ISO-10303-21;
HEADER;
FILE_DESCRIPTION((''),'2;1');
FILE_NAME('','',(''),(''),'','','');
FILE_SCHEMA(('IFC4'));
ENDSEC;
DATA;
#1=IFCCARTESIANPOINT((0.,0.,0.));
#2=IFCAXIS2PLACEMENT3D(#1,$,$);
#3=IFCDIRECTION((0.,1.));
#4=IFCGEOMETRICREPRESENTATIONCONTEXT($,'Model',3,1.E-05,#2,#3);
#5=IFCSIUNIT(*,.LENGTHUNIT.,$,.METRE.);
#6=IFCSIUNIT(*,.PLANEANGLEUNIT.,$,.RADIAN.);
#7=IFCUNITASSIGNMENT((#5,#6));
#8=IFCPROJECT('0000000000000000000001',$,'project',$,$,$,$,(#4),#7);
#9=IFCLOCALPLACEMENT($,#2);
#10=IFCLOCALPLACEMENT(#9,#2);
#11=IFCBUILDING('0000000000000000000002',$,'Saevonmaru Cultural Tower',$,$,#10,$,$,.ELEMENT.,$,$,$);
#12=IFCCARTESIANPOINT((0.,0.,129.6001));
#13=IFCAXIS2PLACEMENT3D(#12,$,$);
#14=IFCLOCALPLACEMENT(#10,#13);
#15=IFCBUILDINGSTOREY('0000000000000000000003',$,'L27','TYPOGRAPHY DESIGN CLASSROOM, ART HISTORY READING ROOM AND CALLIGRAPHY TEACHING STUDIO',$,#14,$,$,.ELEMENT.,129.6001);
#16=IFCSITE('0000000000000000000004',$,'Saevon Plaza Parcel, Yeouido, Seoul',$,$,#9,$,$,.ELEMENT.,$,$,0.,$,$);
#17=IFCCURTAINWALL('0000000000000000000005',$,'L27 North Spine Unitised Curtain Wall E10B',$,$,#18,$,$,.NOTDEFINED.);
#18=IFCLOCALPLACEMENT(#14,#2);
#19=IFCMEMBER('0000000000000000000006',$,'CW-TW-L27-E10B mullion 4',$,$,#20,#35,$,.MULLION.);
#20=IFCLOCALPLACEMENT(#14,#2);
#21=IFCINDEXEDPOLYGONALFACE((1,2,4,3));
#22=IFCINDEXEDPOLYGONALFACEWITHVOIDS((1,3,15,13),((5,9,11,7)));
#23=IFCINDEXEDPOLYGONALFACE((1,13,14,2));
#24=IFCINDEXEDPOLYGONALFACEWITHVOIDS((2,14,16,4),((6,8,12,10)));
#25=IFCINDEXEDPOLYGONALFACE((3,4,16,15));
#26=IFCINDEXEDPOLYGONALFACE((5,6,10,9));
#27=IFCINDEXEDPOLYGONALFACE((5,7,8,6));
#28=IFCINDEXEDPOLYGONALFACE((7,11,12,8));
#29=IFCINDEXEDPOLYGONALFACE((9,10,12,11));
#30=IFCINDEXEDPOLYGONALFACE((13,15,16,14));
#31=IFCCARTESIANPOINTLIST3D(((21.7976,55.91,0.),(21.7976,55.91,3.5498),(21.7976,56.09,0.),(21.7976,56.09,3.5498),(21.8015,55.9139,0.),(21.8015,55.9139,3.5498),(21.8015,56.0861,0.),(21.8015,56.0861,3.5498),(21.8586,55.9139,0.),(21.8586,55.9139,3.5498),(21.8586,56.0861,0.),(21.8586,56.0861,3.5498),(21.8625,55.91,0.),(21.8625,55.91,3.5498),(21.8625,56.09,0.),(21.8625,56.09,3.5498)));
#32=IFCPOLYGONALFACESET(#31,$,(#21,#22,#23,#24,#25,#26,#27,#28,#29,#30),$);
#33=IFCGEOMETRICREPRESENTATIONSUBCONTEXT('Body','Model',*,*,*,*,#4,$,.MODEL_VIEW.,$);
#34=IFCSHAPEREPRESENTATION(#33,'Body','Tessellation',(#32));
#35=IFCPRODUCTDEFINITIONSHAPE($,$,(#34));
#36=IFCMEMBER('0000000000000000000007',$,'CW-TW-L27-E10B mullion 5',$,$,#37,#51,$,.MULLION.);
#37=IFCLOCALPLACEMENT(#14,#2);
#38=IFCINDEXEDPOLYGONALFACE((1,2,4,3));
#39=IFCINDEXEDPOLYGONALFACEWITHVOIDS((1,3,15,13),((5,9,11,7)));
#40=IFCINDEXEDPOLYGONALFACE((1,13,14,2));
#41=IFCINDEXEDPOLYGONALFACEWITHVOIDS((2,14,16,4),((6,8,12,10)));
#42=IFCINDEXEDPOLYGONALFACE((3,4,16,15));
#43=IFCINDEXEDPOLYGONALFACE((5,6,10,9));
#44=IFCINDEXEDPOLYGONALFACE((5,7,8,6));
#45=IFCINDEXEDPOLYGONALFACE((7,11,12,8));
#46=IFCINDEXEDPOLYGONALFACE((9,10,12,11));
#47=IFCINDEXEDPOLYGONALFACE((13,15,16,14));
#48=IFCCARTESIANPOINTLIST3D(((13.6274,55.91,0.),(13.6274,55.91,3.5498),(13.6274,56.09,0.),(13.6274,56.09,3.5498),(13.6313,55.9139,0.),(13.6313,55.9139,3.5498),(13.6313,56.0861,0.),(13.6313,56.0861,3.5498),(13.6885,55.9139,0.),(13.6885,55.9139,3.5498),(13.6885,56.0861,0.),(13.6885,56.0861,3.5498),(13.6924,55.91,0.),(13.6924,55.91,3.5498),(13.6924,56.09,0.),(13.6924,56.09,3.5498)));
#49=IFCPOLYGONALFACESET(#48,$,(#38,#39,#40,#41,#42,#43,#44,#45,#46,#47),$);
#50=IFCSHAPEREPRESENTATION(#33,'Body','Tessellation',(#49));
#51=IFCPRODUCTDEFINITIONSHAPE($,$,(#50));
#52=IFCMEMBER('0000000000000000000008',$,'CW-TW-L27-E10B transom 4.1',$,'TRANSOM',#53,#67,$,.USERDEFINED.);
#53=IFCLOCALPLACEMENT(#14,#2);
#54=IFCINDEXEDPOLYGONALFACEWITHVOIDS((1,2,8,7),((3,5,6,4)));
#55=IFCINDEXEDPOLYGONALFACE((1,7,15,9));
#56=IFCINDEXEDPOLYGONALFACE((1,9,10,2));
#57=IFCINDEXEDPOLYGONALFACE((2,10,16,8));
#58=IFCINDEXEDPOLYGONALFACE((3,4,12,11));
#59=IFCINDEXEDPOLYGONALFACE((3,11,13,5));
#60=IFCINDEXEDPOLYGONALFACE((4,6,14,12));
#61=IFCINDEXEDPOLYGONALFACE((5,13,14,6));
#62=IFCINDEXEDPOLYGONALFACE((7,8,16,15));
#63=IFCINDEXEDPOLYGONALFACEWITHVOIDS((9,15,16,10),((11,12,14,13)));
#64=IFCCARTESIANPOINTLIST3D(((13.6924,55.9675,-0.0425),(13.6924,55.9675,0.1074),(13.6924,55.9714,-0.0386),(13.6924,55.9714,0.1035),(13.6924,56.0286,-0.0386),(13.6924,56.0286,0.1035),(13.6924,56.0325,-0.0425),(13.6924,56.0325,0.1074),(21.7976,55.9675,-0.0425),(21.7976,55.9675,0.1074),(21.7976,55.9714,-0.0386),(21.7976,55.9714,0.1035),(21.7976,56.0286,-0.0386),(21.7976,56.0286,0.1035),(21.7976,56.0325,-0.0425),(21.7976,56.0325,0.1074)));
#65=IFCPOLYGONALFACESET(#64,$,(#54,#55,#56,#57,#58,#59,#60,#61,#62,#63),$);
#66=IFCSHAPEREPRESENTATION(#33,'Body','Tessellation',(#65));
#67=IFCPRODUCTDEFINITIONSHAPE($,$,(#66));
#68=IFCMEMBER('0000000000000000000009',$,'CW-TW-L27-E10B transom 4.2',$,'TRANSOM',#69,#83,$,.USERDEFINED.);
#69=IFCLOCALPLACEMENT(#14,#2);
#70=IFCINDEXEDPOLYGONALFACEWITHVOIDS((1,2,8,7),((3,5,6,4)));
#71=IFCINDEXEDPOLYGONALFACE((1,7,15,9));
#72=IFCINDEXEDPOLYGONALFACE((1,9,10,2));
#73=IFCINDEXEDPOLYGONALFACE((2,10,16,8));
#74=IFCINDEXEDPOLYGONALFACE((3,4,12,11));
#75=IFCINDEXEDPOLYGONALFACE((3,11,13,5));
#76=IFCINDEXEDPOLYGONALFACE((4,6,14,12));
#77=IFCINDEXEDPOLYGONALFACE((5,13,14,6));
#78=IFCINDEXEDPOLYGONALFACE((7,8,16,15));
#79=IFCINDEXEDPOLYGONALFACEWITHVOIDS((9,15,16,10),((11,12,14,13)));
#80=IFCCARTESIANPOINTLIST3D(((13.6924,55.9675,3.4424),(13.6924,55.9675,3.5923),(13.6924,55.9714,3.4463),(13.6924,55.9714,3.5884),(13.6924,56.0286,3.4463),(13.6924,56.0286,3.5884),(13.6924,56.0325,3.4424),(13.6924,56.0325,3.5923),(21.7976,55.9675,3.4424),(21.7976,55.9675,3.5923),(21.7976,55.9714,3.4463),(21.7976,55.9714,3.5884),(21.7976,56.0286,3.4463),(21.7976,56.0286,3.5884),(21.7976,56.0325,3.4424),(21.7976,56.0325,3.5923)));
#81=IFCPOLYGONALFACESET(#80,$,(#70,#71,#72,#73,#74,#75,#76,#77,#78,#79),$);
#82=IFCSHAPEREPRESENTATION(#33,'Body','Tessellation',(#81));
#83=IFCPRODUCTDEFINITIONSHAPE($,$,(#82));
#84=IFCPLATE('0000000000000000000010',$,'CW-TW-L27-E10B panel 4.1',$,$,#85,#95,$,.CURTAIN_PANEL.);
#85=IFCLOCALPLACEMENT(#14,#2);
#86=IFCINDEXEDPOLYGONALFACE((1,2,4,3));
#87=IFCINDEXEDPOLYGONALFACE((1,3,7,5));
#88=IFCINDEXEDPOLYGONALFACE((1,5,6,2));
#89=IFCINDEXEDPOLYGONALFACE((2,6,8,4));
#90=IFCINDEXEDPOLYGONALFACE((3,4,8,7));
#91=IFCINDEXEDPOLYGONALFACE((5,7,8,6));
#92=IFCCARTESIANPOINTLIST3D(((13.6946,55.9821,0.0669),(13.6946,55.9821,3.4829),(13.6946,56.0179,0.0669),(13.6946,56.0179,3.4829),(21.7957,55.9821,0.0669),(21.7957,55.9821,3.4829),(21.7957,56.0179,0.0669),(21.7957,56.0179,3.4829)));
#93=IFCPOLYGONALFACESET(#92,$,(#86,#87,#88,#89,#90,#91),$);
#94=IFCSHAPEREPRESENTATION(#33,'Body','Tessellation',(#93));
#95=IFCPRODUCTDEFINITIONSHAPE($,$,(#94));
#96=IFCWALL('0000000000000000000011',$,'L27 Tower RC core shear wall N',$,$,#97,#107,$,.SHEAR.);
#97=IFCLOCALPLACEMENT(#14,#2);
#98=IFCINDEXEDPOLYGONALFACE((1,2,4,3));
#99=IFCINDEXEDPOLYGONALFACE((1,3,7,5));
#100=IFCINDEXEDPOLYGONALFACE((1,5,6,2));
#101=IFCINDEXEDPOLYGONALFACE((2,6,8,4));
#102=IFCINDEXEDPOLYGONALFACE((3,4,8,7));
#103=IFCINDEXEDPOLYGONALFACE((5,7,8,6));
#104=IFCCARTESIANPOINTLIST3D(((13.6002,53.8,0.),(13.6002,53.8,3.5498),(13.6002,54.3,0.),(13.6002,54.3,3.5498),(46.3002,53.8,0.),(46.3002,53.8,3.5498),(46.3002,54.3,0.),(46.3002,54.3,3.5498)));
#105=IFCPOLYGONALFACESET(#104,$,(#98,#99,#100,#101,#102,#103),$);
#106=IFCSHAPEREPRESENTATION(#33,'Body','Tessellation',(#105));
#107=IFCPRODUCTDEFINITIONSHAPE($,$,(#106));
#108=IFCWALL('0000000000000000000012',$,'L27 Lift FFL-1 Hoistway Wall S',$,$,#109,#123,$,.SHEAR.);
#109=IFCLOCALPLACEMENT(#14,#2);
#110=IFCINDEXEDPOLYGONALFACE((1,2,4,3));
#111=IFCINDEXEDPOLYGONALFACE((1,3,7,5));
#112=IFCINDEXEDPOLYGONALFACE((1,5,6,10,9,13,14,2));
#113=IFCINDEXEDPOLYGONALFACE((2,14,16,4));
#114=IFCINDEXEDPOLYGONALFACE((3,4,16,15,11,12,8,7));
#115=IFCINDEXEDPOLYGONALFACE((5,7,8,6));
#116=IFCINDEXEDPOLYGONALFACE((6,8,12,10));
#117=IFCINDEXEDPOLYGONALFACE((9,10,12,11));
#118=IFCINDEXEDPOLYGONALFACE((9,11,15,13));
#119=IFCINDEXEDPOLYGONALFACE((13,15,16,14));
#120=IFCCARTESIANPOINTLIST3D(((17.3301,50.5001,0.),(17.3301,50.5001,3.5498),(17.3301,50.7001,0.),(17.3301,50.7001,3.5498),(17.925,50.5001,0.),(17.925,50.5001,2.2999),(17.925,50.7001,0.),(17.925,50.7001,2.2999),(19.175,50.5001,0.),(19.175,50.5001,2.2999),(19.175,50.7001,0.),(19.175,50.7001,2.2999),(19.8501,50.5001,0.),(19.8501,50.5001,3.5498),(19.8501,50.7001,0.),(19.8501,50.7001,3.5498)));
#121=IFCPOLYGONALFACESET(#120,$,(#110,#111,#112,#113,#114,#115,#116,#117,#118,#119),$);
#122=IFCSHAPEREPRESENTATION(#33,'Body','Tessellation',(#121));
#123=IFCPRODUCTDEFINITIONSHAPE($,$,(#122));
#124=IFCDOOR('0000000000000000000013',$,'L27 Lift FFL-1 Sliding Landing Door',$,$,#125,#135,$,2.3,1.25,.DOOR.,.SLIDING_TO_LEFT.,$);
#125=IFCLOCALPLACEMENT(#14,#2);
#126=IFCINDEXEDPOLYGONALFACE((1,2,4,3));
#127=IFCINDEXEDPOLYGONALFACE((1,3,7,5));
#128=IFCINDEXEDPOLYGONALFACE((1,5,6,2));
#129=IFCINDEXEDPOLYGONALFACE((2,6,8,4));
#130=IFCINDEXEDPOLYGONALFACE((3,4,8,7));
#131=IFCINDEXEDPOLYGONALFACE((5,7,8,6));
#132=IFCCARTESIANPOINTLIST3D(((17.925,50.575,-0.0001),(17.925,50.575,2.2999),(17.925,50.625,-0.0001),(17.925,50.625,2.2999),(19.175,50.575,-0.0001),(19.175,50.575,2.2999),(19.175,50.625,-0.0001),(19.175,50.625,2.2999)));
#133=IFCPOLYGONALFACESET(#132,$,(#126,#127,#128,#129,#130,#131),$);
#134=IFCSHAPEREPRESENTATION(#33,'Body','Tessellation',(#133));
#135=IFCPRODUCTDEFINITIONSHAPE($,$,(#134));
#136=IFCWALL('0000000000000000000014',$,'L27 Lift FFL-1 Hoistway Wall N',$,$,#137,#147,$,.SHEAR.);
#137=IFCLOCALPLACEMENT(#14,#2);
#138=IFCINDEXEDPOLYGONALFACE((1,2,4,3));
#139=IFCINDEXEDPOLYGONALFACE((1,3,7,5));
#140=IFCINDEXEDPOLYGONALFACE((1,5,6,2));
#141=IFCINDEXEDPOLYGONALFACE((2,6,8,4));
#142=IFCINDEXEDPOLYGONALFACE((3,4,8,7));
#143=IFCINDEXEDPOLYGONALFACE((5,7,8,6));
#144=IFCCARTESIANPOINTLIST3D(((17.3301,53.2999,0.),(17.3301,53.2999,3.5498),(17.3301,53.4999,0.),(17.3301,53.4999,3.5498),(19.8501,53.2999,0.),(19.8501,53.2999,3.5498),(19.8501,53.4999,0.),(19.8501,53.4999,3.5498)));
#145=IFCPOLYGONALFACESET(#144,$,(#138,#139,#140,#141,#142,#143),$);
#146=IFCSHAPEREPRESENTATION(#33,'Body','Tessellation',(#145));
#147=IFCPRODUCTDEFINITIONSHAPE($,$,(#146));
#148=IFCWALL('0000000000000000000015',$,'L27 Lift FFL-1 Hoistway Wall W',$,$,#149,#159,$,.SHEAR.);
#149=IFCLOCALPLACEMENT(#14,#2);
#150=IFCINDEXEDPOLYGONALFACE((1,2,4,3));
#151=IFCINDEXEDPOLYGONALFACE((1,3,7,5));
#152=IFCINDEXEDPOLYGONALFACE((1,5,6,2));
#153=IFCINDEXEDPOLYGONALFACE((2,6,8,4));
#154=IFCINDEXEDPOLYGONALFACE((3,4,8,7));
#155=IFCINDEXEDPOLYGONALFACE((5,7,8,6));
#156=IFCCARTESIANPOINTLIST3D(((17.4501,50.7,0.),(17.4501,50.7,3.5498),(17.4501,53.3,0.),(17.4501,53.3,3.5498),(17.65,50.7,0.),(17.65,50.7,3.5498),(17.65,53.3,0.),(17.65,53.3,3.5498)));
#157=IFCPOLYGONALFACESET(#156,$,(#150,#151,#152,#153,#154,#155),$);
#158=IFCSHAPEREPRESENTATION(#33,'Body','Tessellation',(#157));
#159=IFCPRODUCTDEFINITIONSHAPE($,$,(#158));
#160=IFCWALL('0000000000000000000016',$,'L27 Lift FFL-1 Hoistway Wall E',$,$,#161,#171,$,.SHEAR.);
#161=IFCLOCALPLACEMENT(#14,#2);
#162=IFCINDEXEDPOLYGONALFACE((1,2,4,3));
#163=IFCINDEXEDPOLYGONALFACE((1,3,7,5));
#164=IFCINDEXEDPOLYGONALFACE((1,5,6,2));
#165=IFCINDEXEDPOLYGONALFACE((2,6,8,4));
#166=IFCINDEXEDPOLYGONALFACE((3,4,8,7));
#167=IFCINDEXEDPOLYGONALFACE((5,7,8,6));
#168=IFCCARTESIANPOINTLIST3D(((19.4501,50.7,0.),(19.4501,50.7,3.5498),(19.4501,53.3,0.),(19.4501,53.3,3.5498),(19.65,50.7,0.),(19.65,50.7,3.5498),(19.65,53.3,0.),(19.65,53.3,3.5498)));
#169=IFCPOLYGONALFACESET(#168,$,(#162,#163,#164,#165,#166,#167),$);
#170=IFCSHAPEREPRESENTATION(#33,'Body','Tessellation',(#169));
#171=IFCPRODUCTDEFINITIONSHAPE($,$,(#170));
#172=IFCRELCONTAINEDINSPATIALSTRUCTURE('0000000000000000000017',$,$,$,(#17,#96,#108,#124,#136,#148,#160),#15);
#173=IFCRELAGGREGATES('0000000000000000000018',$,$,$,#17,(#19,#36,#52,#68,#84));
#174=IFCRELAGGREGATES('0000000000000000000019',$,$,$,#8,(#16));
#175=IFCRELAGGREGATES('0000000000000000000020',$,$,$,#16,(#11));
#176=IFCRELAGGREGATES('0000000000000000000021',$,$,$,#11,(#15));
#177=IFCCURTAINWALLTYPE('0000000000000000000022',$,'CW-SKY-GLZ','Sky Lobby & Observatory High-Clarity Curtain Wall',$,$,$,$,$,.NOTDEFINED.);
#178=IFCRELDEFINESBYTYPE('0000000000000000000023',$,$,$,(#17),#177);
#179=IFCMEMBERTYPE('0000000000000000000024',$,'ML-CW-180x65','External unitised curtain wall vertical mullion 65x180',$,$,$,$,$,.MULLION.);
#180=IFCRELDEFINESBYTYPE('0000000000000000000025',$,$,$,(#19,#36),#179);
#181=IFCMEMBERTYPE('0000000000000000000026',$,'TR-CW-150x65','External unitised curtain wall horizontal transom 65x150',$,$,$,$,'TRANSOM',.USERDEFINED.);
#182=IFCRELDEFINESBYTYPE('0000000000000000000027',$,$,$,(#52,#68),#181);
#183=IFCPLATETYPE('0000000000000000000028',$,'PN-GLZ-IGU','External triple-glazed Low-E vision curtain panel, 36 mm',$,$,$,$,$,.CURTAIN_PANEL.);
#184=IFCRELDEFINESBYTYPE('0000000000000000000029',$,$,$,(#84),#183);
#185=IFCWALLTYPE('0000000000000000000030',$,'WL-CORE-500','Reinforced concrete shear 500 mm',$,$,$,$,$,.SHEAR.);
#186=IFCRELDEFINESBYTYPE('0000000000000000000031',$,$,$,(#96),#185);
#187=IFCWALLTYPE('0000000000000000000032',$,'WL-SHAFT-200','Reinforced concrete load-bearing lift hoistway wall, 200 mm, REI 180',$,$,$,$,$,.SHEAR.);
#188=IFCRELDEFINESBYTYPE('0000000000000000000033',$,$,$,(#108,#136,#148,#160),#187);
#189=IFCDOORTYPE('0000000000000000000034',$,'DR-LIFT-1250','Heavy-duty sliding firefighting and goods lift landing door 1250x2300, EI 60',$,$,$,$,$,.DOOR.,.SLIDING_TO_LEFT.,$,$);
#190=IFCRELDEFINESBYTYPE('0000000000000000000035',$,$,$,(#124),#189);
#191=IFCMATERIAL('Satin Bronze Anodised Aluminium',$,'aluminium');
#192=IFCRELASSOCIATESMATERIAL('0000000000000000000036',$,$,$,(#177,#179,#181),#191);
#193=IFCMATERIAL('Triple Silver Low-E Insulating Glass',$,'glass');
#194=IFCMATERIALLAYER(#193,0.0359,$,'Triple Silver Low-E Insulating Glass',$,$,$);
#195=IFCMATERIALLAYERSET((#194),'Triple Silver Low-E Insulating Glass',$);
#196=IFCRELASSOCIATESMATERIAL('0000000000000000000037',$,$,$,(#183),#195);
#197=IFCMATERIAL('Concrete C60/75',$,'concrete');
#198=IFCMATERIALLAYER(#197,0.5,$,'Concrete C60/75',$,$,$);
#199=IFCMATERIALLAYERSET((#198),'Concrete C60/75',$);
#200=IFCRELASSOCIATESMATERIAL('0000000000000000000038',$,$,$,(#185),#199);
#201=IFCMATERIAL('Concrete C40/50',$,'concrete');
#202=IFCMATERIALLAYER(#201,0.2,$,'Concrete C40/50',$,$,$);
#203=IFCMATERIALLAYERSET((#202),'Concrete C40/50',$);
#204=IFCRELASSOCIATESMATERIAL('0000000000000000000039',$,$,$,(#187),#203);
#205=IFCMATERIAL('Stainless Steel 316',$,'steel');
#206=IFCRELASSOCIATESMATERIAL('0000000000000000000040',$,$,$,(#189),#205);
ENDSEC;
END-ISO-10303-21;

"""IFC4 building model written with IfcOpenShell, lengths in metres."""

from ifc_helpers import new_model, si_unit, direction, frame, frame_2d, origin, origin_2d, place, context, subcontext, project, spatial, rectangle, hollow_rectangle, extrude, material, layer, layer_set, material_profile, profile_set, type_object, element, fill, aggregate, save


model = new_model("IFC4")

# Units and contexts
model_context = context("Model", 3, precision=1e-05, world=origin(), true_north=direction((0.0, 1.0)))
body_context = subcontext(model_context, "Body", "Model", "MODEL_VIEW")
ifc_project = project(units=[si_unit("LENGTHUNIT", "METRE"), si_unit("PLANEANGLEUNIT", "RADIAN")], contexts=[model_context])

# Site, building, storey
site_placement = place(None, origin())
site = spatial("IfcSite", under=ifc_project, at=site_placement, Name="Saevon Plaza Parcel, Yeouido, Seoul", CompositionType="ELEMENT", RefElevation=0.0)
building_placement = place(site_placement, origin())
building = spatial("IfcBuilding", under=site, at=building_placement, Name="Saevonmaru Cultural Tower", CompositionType="ELEMENT")
storey_placement = place(building_placement, frame((0.0, 0.0, 129.6001)))
storey = spatial("IfcBuildingStorey", under=building, at=storey_placement, Name="L27", Description="TYPOGRAPHY DESIGN CLASSROOM, ART HISTORY READING ROOM AND CALLIGRAPHY TEACHING STUDIO", CompositionType="ELEMENT", Elevation=129.6001)

# Curtain wall, members, plate
ifc_material_1 = material(Name="Satin Bronze Anodised Aluminium", Category="aluminium")
curtain_wall_type = type_object("IfcCurtainWallType", Name="CW-SKY-GLZ", Description="Sky Lobby & Observatory High-Clarity Curtain Wall", PredefinedType="NOTDEFINED", material=ifc_material_1)
curtain_wall_placement = place(storey_placement, origin())
curtain_wall = element("IfcCurtainWall", 1, at=curtain_wall_placement, inside=storey, type_object=curtain_wall_type, Name="L27 North Spine Unitised Curtain Wall E10B", PredefinedType="NOTDEFINED")
ifc_material_profile_1 = material_profile(ifc_material_1, hollow_rectangle(XDim=0.0649, YDim=0.1799, WallThickness=0.0039, at=origin_2d()), Name="ALU-MULL-180x65x4")
ifc_profile_set_1 = profile_set([ifc_material_profile_1], Name="Satin Bronze Anodised Aluminium")
member_type_1 = type_object("IfcMemberType", Name="ML-CW-180x65", Description="External unitised curtain wall vertical mullion 65x180", PredefinedType="MULLION", material=ifc_profile_set_1)
member_1_placement = place(storey_placement, frame((21.8301, 56.0, 0.0), z_axis=(0.0, 0.0, 1.0), x_axis=(-1.0, 0.0, 0.0)))
member_1 = element("IfcMember", 2, at=member_1_placement, type_object=member_type_1, Name="CW-TW-L27-E10B mullion 4", PredefinedType="MULLION", context=body_context, shape_type="SweptSolid", body=[
    extrude(hollow_rectangle(XDim=0.0649, YDim=0.1799, WallThickness=0.0039, at=origin_2d()), origin(), (0.0, 0.0, 1.0), 3.5498),
])
member_2_placement = place(storey_placement, frame((13.6599, 56.0, 0.0), z_axis=(0.0, 0.0, 1.0), x_axis=(-1.0, 0.0, 0.0)))
member_2 = element("IfcMember", 3, at=member_2_placement, type_object=member_type_1, Name="CW-TW-L27-E10B mullion 5", PredefinedType="MULLION", context=body_context, shape_type="SweptSolid", body=[
    extrude(hollow_rectangle(XDim=0.0649, YDim=0.1799, WallThickness=0.0039, at=origin_2d()), origin(), (0.0, 0.0, 1.0), 3.5498),
])
ifc_material_profile_2 = material_profile(ifc_material_1, hollow_rectangle(XDim=0.0649, YDim=0.1499, WallThickness=0.0039, at=origin_2d()), Name="ALU-TRAN-150x65x4")
ifc_profile_set_2 = profile_set([ifc_material_profile_2], Name="Satin Bronze Anodised Aluminium")
member_type_2 = type_object("IfcMemberType", Name="TR-CW-150x65", Description="External unitised curtain wall horizontal transom 65x150", ElementType="TRANSOM", PredefinedType="USERDEFINED", material=ifc_profile_set_2)
member_3_placement = place(storey_placement, frame((21.7976, 56.0, 0.0325), z_axis=(-1.0, 0.0, 0.0), x_axis=(0.0, -1.0, 0.0)))
member_3 = element("IfcMember", 4, at=member_3_placement, type_object=member_type_2, Name="CW-TW-L27-E10B transom 4.1", ObjectType="TRANSOM", PredefinedType="USERDEFINED", context=body_context, shape_type="SweptSolid", body=[
    extrude(hollow_rectangle(XDim=0.0649, YDim=0.1499, WallThickness=0.0039, at=origin_2d()), origin(), (0.0, 0.0, 1.0), 8.1052),
])
member_4_placement = place(storey_placement, frame((21.7976, 56.0, 3.5173), z_axis=(-1.0, 0.0, 0.0), x_axis=(0.0, -1.0, 0.0)))
member_4 = element("IfcMember", 5, at=member_4_placement, type_object=member_type_2, Name="CW-TW-L27-E10B transom 4.2", ObjectType="TRANSOM", PredefinedType="USERDEFINED", context=body_context, shape_type="SweptSolid", body=[
    extrude(hollow_rectangle(XDim=0.0649, YDim=0.1499, WallThickness=0.0039, at=origin_2d()), origin(), (0.0, 0.0, 1.0), 8.1052),
])
ifc_material_2 = material(Name="Triple Silver Low-E Insulating Glass", Category="glass")
ifc_layer_1 = layer(ifc_material_2, 0.0359, Name="Triple Silver Low-E Insulating Glass")
ifc_layer_set_1 = layer_set([ifc_layer_1], Name="Triple Silver Low-E Insulating Glass")
plate_type = type_object("IfcPlateType", Name="PN-GLZ-IGU", Description="External triple-glazed Low-E vision curtain panel, 36 mm", PredefinedType="CURTAIN_PANEL", material=ifc_layer_set_1)
plate_placement = place(storey_placement, frame((17.7451, 56.0, 0.0669), z_axis=(0.0, 0.0, 1.0), x_axis=(-1.0, 0.0, 0.0)))
plate = element("IfcPlate", 6, at=plate_placement, type_object=plate_type, Name="CW-TW-L27-E10B panel 4.1", PredefinedType="CURTAIN_PANEL", context=body_context, shape_type="SweptSolid", body=[
    extrude(rectangle(XDim=8.1011, YDim=0.0359, at=origin_2d()), origin(), (0.0, 0.0, 1.0), 3.416),
])
aggregate(curtain_wall, [member_1, member_2, member_3, member_4, plate])

# Wall
ifc_material_3 = material(Name="Concrete C60/75", Category="concrete")
ifc_layer_2 = layer(ifc_material_3, 0.5, Name="Concrete C60/75")
ifc_layer_set_2 = layer_set([ifc_layer_2], Name="Concrete C60/75")
wall_type_1 = type_object("IfcWallType", Name="WL-CORE-500", Description="Reinforced concrete shear 500 mm", PredefinedType="SHEAR", material=ifc_layer_set_2)
wall_1_placement = place(storey_placement, frame((13.6001, 54.05, 0.0), z_axis=(0.0, 0.0, 1.0), x_axis=(1.0, 0.0, 0.0)))
element("IfcWall", 7, at=wall_1_placement, inside=storey, type_object=wall_type_1, Name="L27 Tower RC core shear wall N", PredefinedType="SHEAR", context=body_context, shape_type="SweptSolid", body=[
    extrude(rectangle(XDim=32.7, YDim=0.5, at=frame_2d((16.3501, 0.0))), origin(), (0.0, 0.0, 1.0), 3.5498),
])

# Wall, opening, door
ifc_material_4 = material(Name="Concrete C40/50", Category="concrete")
ifc_layer_3 = layer(ifc_material_4, 0.2, Name="Concrete C40/50")
ifc_layer_set_3 = layer_set([ifc_layer_3], Name="Concrete C40/50")
wall_type_2 = type_object("IfcWallType", Name="WL-SHAFT-200", Description="Reinforced concrete load-bearing lift hoistway wall, 200 mm, REI 180", PredefinedType="SHEAR", material=ifc_layer_set_3)
wall_2_placement = place(storey_placement, frame((17.3301, 50.6001, 0.0), z_axis=(0.0, 0.0, 1.0), x_axis=(1.0, 0.0, 0.0)))
wall_2 = element("IfcWall", 8, at=wall_2_placement, inside=storey, type_object=wall_type_2, Name="L27 Lift FFL-1 Hoistway Wall S", PredefinedType="SHEAR", context=body_context, shape_type="SweptSolid", body=[
    extrude(rectangle(XDim=2.52, YDim=0.2, at=frame_2d((1.26, 0.0))), origin(), (0.0, 0.0, 1.0), 3.5498),
])
opening_1_placement = place(wall_2_placement, frame((0.595, 0.0, 0.0)))
opening_1 = element("IfcOpeningElement", 9, at=opening_1_placement, cuts=wall_2, PredefinedType="OPENING", context=body_context, shape_type="SweptSolid", body=[
    extrude(rectangle(XDim=1.25, YDim=2.3, at=frame_2d((0.625, 1.1499))), frame((0.0, 0.1099, 0.0), z_axis=(0.0, -1.0, 0.0), x_axis=(1.0, 0.0, 0.0)), (0.0, 0.0, 1.0), 0.22),
])
ifc_material_5 = material(Name="Stainless Steel 316", Category="steel")
door_type = type_object("IfcDoorType", Name="DR-LIFT-1250", Description="Heavy-duty sliding firefighting and goods lift landing door 1250x2300, EI 60", OperationType="SLIDING_TO_LEFT", PredefinedType="DOOR", material=ifc_material_5)
door_1_placement = place(opening_1_placement, origin())
door_1 = element("IfcDoor", 10, at=door_1_placement, inside=storey, type_object=door_type, Name="L27 Lift FFL-1 Sliding Landing Door", OperationType="SLIDING_TO_LEFT", OverallHeight=2.3, OverallWidth=1.25, PredefinedType="DOOR", context=body_context, shape_type="SweptSolid", body=[
    extrude(rectangle(XDim=1.25, YDim=2.3, at=frame_2d((0.625, 1.1499))), frame((0.0, 0.0249, 0.0), z_axis=(0.0, -1.0, 0.0), x_axis=(1.0, 0.0, 0.0)), (0.0, 0.0, 1.0), 0.05),
])
fill(opening_1, door_1)

# Walls
wall_3_placement = place(storey_placement, frame((17.3301, 53.3999, 0.0), z_axis=(0.0, 0.0, 1.0), x_axis=(1.0, 0.0, 0.0)))
element("IfcWall", 11, at=wall_3_placement, inside=storey, type_object=wall_type_2, Name="L27 Lift FFL-1 Hoistway Wall N", PredefinedType="SHEAR", context=body_context, shape_type="SweptSolid", body=[
    extrude(rectangle(XDim=2.52, YDim=0.2, at=frame_2d((1.26, 0.0))), origin(), (0.0, 0.0, 1.0), 3.5498),
])
for number, where, z_axis, x_axis, name in (
    (12, (17.55, 50.7, 0.0), (0.0, 0.0, 1.0), (0.0, 1.0, 0.0), "L27 Lift FFL-1 Hoistway Wall W"),
    (13, (19.55, 50.7, 0.0), (0.0, 0.0, 1.0), (0.0, 1.0, 0.0), "L27 Lift FFL-1 Hoistway Wall E"),
):
    element("IfcWall", number, at=place(storey_placement, frame(where, z_axis=z_axis, x_axis=x_axis)), inside=storey, type_object=wall_type_2, Name=name, PredefinedType="SHEAR", context=body_context, shape_type="SweptSolid", body=[
        extrude(rectangle(XDim=2.6001, YDim=0.2, at=frame_2d((1.3, 0.0))), origin(), (0.0, 0.0, 1.0), 3.5498),
    ])

save(model, "model.ifc")
